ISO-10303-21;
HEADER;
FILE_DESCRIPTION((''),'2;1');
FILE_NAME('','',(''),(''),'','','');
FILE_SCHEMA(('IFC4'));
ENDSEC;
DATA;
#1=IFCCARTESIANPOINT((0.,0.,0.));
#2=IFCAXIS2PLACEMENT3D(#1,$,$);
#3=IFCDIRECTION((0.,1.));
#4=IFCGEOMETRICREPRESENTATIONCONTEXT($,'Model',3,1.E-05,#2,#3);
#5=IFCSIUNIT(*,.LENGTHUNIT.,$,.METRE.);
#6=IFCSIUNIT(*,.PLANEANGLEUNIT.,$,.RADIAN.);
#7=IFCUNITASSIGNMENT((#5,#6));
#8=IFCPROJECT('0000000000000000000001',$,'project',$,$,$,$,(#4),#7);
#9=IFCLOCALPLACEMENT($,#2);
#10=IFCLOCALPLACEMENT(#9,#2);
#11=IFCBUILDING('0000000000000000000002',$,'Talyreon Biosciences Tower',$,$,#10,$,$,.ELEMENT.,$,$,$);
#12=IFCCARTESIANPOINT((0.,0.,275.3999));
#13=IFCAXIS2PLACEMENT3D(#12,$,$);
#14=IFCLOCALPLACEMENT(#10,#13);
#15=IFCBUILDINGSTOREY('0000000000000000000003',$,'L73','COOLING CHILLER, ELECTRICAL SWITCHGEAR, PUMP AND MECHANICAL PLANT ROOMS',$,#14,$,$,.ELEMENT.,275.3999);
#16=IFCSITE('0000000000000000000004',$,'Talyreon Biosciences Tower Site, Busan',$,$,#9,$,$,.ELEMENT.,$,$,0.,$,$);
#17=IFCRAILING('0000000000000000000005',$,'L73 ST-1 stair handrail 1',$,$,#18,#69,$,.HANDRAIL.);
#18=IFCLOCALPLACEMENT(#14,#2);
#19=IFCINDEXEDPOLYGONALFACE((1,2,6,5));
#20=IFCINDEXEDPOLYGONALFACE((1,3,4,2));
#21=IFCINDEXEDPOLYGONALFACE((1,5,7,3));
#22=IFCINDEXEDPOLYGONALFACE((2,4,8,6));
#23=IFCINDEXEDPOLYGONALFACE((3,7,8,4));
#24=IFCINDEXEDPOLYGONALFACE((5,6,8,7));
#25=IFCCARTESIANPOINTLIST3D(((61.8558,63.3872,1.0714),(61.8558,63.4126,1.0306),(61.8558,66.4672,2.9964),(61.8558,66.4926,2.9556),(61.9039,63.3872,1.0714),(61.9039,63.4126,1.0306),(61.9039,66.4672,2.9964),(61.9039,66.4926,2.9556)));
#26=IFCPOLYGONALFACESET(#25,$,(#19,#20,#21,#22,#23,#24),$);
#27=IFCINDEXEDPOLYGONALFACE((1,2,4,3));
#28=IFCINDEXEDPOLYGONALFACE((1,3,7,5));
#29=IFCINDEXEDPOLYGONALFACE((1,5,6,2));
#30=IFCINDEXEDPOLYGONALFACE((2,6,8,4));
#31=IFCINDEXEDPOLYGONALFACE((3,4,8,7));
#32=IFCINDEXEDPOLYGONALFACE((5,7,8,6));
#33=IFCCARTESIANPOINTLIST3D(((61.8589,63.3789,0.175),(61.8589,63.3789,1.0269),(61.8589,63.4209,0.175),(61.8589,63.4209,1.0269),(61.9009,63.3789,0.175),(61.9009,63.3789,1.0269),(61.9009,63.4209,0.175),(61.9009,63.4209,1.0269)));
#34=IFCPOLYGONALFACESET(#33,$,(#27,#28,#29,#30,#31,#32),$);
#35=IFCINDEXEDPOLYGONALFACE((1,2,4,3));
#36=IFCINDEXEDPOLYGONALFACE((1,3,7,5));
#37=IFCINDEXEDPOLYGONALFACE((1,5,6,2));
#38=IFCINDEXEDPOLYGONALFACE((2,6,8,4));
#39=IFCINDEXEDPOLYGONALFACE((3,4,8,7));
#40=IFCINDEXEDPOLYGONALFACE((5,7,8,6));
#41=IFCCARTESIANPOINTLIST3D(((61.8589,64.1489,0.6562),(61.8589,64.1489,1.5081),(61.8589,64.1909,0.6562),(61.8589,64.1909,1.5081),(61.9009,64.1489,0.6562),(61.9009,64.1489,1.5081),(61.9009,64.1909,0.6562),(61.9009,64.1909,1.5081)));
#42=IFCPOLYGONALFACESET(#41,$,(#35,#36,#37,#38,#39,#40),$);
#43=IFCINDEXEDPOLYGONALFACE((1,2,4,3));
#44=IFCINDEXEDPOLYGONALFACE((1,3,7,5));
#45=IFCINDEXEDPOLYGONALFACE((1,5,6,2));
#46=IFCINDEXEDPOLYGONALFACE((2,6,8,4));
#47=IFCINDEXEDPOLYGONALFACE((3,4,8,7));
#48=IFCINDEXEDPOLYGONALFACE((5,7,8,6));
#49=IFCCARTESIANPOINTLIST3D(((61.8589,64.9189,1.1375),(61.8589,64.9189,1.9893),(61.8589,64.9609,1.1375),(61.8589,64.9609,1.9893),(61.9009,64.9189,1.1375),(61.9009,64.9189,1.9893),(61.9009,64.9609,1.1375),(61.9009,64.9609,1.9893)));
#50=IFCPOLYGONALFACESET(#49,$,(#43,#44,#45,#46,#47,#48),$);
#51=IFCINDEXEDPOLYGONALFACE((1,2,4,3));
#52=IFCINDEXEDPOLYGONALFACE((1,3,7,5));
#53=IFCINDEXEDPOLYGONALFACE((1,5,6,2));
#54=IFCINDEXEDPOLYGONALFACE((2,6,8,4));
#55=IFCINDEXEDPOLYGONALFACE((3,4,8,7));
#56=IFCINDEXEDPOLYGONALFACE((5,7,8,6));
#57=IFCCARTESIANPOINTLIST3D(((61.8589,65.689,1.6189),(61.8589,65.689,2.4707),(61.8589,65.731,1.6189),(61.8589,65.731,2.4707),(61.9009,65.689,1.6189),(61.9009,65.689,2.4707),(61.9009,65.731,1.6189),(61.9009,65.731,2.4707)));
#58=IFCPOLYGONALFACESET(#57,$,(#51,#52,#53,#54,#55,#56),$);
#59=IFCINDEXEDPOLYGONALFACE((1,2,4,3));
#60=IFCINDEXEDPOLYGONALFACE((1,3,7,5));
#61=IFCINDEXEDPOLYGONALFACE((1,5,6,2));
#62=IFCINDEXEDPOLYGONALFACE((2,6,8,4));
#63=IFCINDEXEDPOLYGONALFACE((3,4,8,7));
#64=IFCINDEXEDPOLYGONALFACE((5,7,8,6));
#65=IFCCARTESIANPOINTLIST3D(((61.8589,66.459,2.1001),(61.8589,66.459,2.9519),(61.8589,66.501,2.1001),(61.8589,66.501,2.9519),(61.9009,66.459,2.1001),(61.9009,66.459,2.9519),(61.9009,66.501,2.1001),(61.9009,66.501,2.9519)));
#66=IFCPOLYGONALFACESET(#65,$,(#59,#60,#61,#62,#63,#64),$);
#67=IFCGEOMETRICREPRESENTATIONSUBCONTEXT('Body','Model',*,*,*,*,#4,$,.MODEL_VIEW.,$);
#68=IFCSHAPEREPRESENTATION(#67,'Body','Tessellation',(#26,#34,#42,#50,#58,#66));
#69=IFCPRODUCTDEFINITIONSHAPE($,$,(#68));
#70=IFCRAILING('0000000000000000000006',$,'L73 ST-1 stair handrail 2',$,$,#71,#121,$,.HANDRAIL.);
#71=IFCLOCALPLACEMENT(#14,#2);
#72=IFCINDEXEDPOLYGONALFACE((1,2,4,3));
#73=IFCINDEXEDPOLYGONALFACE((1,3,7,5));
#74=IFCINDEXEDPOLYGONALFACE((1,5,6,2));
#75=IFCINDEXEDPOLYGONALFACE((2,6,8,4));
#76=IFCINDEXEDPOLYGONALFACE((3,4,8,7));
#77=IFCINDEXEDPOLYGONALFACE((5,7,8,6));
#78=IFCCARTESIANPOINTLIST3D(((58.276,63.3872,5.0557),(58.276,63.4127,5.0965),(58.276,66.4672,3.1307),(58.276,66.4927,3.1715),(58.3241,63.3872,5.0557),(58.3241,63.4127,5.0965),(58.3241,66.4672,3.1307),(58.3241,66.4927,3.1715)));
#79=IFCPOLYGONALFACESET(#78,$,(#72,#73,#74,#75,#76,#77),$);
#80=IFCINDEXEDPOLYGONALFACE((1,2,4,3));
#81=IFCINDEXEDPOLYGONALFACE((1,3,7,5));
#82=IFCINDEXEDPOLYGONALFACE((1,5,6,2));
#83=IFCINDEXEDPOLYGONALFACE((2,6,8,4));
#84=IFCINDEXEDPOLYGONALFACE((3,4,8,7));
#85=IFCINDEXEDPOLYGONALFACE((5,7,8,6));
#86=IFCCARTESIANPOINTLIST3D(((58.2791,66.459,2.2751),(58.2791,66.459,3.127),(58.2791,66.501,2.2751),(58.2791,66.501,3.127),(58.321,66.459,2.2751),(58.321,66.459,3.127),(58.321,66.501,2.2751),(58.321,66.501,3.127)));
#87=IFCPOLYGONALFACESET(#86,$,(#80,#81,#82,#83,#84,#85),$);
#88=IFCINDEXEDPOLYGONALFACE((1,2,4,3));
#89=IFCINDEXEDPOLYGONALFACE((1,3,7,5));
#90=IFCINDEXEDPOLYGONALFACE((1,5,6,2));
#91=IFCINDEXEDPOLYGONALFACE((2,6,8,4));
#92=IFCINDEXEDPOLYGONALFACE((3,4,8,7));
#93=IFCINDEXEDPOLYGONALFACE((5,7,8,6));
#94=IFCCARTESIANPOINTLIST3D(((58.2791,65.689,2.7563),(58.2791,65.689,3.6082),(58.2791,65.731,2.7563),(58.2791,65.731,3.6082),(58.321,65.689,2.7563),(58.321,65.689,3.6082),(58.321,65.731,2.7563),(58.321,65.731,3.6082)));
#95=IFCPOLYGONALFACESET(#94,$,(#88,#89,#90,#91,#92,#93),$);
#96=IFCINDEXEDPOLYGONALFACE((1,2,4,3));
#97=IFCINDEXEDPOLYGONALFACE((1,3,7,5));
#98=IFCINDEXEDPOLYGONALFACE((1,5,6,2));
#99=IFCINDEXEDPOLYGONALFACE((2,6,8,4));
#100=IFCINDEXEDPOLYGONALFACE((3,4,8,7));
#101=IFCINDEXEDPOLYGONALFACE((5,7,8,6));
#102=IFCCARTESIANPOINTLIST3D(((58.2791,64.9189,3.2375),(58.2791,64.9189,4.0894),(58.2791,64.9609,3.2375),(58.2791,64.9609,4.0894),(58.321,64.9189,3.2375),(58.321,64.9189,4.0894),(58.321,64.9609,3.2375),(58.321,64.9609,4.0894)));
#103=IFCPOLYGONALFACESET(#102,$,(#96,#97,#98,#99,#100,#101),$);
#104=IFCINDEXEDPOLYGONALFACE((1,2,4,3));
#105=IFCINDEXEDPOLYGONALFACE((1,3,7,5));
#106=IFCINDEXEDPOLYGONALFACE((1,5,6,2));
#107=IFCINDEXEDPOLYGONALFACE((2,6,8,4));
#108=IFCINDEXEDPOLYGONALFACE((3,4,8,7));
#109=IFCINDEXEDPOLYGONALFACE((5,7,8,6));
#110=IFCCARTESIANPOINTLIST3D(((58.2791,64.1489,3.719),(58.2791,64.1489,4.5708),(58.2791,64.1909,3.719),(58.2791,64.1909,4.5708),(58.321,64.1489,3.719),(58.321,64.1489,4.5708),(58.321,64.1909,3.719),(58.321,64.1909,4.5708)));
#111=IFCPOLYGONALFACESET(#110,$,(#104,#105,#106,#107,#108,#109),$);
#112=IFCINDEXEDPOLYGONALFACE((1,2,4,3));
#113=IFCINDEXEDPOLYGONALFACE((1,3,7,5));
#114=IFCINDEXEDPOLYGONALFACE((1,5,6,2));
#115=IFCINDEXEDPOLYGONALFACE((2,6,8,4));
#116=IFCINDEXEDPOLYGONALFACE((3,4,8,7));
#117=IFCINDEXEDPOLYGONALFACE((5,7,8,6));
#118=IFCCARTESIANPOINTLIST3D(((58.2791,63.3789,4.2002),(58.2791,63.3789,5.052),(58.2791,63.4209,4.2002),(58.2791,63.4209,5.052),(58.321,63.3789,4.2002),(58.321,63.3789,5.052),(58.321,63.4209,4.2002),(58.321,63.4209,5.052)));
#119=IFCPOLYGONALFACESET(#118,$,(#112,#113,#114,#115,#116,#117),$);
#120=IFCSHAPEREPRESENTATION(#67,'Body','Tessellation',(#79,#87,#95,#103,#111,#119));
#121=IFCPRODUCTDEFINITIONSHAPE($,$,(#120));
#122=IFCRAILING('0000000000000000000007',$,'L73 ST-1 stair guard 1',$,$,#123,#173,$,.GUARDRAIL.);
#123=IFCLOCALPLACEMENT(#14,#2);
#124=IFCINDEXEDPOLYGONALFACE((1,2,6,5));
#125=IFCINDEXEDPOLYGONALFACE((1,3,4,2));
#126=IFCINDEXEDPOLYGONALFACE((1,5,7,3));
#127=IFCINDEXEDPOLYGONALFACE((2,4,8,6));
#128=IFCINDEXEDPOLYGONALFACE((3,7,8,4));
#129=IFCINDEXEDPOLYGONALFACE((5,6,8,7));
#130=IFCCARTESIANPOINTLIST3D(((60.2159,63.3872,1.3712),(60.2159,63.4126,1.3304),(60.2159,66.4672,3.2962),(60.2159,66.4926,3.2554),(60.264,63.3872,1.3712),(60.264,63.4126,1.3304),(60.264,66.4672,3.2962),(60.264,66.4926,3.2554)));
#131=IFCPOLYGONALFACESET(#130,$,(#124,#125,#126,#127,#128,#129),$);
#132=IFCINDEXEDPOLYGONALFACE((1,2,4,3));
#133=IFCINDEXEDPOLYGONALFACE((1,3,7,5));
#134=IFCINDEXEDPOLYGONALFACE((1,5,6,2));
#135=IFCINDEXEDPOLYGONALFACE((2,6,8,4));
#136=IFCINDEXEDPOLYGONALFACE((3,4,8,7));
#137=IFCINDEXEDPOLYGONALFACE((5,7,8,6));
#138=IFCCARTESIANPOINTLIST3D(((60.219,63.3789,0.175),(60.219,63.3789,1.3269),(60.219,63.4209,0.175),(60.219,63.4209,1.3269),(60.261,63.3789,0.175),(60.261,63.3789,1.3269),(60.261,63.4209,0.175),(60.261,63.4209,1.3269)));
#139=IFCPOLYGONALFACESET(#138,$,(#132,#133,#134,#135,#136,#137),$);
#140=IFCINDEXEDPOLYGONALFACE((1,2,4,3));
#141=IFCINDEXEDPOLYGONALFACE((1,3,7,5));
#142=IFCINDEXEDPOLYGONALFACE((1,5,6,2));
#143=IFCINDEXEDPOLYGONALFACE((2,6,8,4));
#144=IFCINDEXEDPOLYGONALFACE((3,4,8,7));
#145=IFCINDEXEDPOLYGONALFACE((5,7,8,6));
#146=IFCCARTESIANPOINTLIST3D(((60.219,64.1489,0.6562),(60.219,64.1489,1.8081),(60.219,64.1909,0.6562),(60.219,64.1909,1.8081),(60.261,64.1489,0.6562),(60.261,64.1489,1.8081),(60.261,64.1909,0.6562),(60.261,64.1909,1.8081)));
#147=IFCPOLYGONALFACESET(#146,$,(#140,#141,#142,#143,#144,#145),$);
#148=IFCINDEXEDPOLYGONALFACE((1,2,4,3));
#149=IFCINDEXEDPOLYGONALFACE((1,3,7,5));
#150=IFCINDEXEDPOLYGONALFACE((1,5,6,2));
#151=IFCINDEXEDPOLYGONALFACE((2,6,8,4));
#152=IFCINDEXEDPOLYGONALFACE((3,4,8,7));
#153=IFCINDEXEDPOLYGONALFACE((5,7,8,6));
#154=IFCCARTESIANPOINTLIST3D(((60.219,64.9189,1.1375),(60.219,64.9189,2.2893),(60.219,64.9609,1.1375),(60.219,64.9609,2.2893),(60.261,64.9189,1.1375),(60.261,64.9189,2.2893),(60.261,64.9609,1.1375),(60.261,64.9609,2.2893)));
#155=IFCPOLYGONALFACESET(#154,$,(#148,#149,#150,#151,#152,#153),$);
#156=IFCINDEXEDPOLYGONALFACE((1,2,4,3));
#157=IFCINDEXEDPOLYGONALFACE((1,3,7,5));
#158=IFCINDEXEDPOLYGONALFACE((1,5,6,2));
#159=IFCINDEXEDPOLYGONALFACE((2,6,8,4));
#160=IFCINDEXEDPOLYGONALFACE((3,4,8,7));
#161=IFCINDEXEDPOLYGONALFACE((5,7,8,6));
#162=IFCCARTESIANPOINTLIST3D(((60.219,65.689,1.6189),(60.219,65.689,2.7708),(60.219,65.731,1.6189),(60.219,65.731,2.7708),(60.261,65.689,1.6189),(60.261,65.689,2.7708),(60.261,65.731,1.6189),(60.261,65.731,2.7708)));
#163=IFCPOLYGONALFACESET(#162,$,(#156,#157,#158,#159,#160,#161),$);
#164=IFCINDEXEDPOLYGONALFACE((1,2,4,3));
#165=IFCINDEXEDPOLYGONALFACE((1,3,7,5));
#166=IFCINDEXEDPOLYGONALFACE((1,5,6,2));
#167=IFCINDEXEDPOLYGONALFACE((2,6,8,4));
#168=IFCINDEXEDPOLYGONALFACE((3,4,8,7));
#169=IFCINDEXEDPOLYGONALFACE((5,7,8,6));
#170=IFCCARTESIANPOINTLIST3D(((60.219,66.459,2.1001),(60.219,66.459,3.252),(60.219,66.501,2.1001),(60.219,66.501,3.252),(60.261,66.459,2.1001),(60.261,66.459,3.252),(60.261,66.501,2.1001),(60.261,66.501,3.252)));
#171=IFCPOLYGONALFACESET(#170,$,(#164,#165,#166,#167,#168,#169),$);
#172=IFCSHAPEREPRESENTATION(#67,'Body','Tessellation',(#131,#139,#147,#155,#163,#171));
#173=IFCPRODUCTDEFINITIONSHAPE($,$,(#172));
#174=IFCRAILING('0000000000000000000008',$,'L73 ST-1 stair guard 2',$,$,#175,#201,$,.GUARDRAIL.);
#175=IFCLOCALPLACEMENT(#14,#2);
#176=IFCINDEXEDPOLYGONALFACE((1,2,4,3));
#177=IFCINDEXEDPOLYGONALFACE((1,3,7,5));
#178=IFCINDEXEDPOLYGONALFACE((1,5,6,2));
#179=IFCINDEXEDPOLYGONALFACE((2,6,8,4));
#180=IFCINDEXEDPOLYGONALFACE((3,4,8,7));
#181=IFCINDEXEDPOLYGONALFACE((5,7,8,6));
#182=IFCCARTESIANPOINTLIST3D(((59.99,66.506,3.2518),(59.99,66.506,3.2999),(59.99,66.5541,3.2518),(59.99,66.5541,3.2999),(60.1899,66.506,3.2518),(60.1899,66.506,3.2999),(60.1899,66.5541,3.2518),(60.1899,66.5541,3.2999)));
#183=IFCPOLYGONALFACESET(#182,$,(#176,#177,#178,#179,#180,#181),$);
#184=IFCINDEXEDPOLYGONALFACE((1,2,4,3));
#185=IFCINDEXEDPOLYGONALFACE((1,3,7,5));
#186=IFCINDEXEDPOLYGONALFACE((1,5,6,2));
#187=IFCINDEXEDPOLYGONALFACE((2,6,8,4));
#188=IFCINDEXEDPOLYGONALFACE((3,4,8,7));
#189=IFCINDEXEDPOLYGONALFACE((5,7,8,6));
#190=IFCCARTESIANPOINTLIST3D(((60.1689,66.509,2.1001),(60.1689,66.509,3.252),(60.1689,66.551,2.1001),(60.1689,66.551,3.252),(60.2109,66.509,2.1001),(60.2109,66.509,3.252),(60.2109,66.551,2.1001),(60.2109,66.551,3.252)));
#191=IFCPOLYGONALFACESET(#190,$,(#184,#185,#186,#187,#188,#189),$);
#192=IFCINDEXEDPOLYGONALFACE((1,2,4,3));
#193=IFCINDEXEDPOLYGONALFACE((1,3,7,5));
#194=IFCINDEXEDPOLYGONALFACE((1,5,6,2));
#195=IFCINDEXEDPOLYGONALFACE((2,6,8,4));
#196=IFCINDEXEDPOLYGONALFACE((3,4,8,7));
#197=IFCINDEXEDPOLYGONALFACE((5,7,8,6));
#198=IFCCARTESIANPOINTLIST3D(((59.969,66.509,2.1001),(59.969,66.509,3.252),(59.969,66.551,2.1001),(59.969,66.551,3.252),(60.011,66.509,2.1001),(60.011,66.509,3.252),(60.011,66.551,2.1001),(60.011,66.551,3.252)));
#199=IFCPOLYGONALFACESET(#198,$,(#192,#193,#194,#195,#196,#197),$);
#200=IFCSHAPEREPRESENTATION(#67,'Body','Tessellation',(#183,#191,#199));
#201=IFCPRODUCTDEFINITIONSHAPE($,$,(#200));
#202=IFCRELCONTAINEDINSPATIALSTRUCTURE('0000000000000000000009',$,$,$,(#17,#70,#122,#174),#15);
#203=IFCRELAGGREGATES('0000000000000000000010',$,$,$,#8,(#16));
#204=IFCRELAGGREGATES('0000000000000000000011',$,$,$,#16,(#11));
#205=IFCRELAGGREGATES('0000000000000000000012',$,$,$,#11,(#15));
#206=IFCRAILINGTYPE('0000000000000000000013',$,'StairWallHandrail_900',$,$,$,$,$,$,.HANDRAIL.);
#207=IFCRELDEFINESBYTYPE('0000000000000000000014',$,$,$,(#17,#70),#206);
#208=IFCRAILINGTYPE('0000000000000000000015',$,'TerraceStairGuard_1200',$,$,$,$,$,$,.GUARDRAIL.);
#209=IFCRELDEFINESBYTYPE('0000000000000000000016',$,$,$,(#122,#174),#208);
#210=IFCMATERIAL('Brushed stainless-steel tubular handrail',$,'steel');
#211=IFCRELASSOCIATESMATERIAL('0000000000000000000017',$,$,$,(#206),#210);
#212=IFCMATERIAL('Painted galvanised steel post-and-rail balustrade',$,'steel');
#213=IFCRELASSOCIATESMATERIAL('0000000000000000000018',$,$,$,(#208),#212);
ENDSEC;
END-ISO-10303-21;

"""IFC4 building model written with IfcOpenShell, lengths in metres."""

from ifc_helpers import new_model, si_unit, direction, frame, origin, origin_2d, place, context, subcontext, project, spatial, rectangle, extrude, material, type_object, element, save


model = new_model("IFC4")

# Units and contexts
model_context = context("Model", 3, precision=1e-05, world=origin(), true_north=direction((0.0, 1.0)))
body_context = subcontext(model_context, "Body", "Model", "MODEL_VIEW")
ifc_project = project(units=[si_unit("LENGTHUNIT", "METRE"), si_unit("PLANEANGLEUNIT", "RADIAN")], contexts=[model_context])

# Site, building, storey
site_placement = place(None, origin())
site = spatial("IfcSite", under=ifc_project, at=site_placement, Name="Talyreon Biosciences Tower Site, Busan", CompositionType="ELEMENT", RefElevation=0.0)
building_placement = place(site_placement, origin())
building = spatial("IfcBuilding", under=site, at=building_placement, Name="Talyreon Biosciences Tower", CompositionType="ELEMENT")
storey_placement = place(building_placement, frame((0.0, 0.0, 275.3999)))
storey = spatial("IfcBuildingStorey", under=building, at=storey_placement, Name="L73", Description="COOLING CHILLER, ELECTRICAL SWITCHGEAR, PUMP AND MECHANICAL PLANT ROOMS", CompositionType="ELEMENT", Elevation=275.3999)

# Railings
ifc_material_1 = material(Name="Brushed stainless-steel tubular handrail", Category="steel")
railing_type_1 = type_object("IfcRailingType", Name="StairWallHandrail_900", PredefinedType="HANDRAIL", material=ifc_material_1)
railing_1_placement = place(storey_placement, frame((61.8799, 63.3999, 0.175)))
element("IfcRailing", 1, at=railing_1_placement, inside=storey, type_object=railing_type_1, Name="L73 ST-1 stair handrail 1", PredefinedType="HANDRAIL", context=body_context, shape_type="SweptSolid", body=[
    extrude(rectangle(XDim=0.0481, YDim=0.0481, at=origin_2d()), frame((0.0, 0.0, 0.876), z_axis=(0.0, 0.847998, 0.529999), x_axis=(-1.0, 0.0, 0.0)), (0.0, 0.0, 1.0), 3.6321),
    extrude(rectangle(XDim=0.042, YDim=0.042, at=origin_2d()), origin(), (0.0, 0.0, 1.0), 0.8518),
    extrude(rectangle(XDim=0.042, YDim=0.042, at=origin_2d()), frame((0.0, 0.77, 0.4812)), (0.0, 0.0, 1.0), 0.8518),
    extrude(rectangle(XDim=0.042, YDim=0.042, at=origin_2d()), frame((0.0, 1.54, 0.9624)), (0.0, 0.0, 1.0), 0.8518),
    extrude(rectangle(XDim=0.042, YDim=0.042, at=origin_2d()), frame((0.0, 2.3101, 1.4438)), (0.0, 0.0, 1.0), 0.8518),
    extrude(rectangle(XDim=0.042, YDim=0.042, at=origin_2d()), frame((0.0, 3.0801, 1.925)), (0.0, 0.0, 1.0), 0.8518),
])
railing_2_placement = place(storey_placement, frame((58.3, 66.48, 2.2751)))
element("IfcRailing", 2, at=railing_2_placement, inside=storey, type_object=railing_type_1, Name="L73 ST-1 stair handrail 2", PredefinedType="HANDRAIL", context=body_context, shape_type="SweptSolid", body=[
    extrude(rectangle(XDim=0.0481, YDim=0.0481, at=origin_2d()), frame((0.0, 0.0, 0.876), z_axis=(0.0, -0.847998, 0.529999), x_axis=(1.0, 0.0, 0.0)), (0.0, 0.0, 1.0), 3.6321),
    extrude(rectangle(XDim=0.042, YDim=0.042, at=origin_2d()), origin(), (0.0, 0.0, 1.0), 0.8518),
    extrude(rectangle(XDim=0.042, YDim=0.042, at=origin_2d()), frame((0.0, -0.77, 0.4812)), (0.0, 0.0, 1.0), 0.8518),
    extrude(rectangle(XDim=0.042, YDim=0.042, at=origin_2d()), frame((0.0, -1.54, 0.9624)), (0.0, 0.0, 1.0), 0.8518),
    extrude(rectangle(XDim=0.042, YDim=0.042, at=origin_2d()), frame((0.0, -2.3101, 1.4438)), (0.0, 0.0, 1.0), 0.8518),
    extrude(rectangle(XDim=0.042, YDim=0.042, at=origin_2d()), frame((0.0, -3.0801, 1.925)), (0.0, 0.0, 1.0), 0.8518),
])
ifc_material_2 = material(Name="Painted galvanised steel post-and-rail balustrade", Category="steel")
railing_type_2 = type_object("IfcRailingType", Name="TerraceStairGuard_1200", PredefinedType="GUARDRAIL", material=ifc_material_2)
railing_3_placement = place(storey_placement, frame((60.24, 63.3999, 0.175)))
element("IfcRailing", 3, at=railing_3_placement, inside=storey, type_object=railing_type_2, Name="L73 ST-1 stair guard 1", PredefinedType="GUARDRAIL", context=body_context, shape_type="SweptSolid", body=[
    extrude(rectangle(XDim=0.0481, YDim=0.0481, at=origin_2d()), frame((0.0, 0.0, 1.1758), z_axis=(0.0, 0.847998, 0.529999), x_axis=(-1.0, 0.0, 0.0)), (0.0, 0.0, 1.0), 3.6321),
    extrude(rectangle(XDim=0.042, YDim=0.042, at=origin_2d()), origin(), (0.0, 0.0, 1.0), 1.1519),
    extrude(rectangle(XDim=0.042, YDim=0.042, at=origin_2d()), frame((0.0, 0.77, 0.4812)), (0.0, 0.0, 1.0), 1.1519),
    extrude(rectangle(XDim=0.042, YDim=0.042, at=origin_2d()), frame((0.0, 1.54, 0.9624)), (0.0, 0.0, 1.0), 1.1519),
    extrude(rectangle(XDim=0.042, YDim=0.042, at=origin_2d()), frame((0.0, 2.3101, 1.4438)), (0.0, 0.0, 1.0), 1.1519),
    extrude(rectangle(XDim=0.042, YDim=0.042, at=origin_2d()), frame((0.0, 3.0801, 1.925)), (0.0, 0.0, 1.0), 1.1519),
])
railing_4_placement = place(storey_placement, frame((60.1899, 66.53, 2.1001)))
element("IfcRailing", 4, at=railing_4_placement, inside=storey, type_object=railing_type_2, Name="L73 ST-1 stair guard 2", PredefinedType="GUARDRAIL", context=body_context, shape_type="SweptSolid", body=[
    extrude(rectangle(XDim=0.0481, YDim=0.0481, at=origin_2d()), frame((0.0, 0.0, 1.1758), z_axis=(-1.0, 0.0, 0.0), x_axis=(0.0, -1.0, 0.0)), (0.0, 0.0, 1.0), 0.2),
    extrude(rectangle(XDim=0.042, YDim=0.042, at=origin_2d()), origin(), (0.0, 0.0, 1.0), 1.1519),
    extrude(rectangle(XDim=0.042, YDim=0.042, at=origin_2d()), frame((-0.2, 0.0, 0.0)), (0.0, 0.0, 1.0), 1.1519),
])

save(model, "model.ifc")
